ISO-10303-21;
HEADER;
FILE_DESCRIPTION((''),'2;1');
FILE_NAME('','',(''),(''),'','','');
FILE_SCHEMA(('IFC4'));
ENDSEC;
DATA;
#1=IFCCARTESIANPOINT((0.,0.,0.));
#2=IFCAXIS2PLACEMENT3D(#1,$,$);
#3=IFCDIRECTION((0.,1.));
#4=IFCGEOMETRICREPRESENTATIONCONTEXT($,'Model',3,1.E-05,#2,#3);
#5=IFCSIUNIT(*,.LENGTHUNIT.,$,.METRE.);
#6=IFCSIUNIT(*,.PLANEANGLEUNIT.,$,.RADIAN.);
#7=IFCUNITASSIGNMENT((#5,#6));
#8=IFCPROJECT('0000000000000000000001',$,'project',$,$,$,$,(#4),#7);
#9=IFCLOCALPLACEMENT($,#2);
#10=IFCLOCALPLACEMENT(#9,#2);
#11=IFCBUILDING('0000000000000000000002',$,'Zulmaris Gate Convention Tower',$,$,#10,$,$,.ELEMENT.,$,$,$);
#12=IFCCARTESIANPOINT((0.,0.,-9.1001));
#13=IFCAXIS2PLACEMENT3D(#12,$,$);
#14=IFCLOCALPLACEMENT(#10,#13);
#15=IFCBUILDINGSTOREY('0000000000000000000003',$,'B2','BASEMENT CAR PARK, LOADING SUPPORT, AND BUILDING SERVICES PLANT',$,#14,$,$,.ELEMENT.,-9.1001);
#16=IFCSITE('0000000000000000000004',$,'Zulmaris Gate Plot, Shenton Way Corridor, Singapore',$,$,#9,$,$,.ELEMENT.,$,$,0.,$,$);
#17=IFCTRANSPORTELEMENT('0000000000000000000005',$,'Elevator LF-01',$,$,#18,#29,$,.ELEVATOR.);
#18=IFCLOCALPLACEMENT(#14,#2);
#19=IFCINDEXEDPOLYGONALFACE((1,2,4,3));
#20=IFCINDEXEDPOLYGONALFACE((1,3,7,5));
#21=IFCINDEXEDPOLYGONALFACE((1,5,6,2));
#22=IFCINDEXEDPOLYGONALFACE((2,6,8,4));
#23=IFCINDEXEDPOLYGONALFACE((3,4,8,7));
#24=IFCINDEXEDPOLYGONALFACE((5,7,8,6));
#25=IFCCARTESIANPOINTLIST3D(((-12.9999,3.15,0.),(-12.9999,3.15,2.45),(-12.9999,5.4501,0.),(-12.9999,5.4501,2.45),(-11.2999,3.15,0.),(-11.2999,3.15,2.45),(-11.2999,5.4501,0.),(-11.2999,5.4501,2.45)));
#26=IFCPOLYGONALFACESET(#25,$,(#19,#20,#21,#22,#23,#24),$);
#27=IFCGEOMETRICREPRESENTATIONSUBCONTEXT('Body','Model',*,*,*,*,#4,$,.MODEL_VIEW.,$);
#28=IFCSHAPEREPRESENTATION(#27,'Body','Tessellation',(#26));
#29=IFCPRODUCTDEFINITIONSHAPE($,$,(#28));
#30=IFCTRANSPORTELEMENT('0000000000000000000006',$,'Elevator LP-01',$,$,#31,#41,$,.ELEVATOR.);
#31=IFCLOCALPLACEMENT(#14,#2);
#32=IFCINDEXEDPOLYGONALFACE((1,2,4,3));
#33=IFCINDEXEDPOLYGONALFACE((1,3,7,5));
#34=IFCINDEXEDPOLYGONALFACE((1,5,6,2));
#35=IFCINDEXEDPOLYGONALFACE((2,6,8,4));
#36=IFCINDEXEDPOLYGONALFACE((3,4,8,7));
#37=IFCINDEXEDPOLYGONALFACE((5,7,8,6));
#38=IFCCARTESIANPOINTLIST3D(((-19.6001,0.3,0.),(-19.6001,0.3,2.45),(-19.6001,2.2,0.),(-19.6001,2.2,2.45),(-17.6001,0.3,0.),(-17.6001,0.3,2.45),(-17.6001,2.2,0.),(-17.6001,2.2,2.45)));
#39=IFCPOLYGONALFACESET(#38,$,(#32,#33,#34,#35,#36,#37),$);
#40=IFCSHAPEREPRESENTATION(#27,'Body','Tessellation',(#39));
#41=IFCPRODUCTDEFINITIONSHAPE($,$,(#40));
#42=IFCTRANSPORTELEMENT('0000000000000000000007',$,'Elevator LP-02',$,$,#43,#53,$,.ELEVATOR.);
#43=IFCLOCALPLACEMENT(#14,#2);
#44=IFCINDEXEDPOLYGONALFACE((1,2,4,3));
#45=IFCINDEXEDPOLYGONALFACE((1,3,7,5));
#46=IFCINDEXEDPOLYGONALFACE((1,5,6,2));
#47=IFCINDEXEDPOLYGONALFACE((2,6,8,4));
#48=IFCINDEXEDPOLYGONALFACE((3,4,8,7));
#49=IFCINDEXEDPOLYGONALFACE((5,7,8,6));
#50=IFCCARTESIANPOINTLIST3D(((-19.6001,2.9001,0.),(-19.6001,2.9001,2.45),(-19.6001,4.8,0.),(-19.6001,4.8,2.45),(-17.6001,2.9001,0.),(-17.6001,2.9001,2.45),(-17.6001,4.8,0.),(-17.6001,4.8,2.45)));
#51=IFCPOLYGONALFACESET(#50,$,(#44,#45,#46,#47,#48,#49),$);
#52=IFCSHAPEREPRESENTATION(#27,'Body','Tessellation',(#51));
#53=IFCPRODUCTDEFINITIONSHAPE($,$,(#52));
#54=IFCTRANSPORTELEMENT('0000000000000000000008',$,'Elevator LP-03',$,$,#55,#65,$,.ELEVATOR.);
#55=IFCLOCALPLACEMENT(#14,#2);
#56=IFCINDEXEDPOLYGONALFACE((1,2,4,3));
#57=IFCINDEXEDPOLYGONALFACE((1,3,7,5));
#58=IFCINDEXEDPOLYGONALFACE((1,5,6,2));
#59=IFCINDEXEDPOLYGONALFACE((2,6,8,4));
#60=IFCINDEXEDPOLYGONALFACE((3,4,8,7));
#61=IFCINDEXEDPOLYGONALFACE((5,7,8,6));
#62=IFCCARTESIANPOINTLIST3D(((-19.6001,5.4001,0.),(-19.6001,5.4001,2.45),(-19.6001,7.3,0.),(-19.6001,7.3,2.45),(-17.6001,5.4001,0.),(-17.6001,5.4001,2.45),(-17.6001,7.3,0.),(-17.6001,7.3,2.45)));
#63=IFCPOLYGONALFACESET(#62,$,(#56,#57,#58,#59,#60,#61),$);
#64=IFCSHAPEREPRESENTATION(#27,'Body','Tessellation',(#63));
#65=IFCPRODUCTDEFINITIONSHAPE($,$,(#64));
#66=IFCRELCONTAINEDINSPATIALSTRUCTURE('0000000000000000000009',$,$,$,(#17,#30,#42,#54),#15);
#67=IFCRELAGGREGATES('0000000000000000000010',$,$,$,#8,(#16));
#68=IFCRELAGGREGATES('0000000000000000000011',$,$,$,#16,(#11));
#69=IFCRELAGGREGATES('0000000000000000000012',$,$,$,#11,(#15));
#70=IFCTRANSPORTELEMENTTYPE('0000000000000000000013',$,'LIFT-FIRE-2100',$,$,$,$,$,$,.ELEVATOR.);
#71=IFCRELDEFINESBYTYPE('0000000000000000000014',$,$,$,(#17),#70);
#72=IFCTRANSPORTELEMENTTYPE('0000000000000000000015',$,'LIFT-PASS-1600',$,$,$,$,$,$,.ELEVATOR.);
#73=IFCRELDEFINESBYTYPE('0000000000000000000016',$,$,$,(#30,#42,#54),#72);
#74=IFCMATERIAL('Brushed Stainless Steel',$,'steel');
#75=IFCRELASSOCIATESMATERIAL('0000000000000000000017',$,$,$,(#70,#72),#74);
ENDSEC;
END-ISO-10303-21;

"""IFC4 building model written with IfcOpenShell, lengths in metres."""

from ifc_helpers import new_model, si_unit, direction, frame, origin, origin_2d, place, context, subcontext, project, spatial, rectangle, extrude, material, type_object, element, save


model = new_model("IFC4")

# Units and contexts
model_context = context("Model", 3, precision=1e-05, world=origin(), true_north=direction((0.0, 1.0)))
body_context = subcontext(model_context, "Body", "Model", "MODEL_VIEW")
ifc_project = project(units=[si_unit("LENGTHUNIT", "METRE"), si_unit("PLANEANGLEUNIT", "RADIAN")], contexts=[model_context])

# Site, building, storey
site_placement = place(None, origin())
site = spatial("IfcSite", under=ifc_project, at=site_placement, Name="Zulmaris Gate Plot, Shenton Way Corridor, Singapore", CompositionType="ELEMENT", RefElevation=0.0)
building_placement = place(site_placement, origin())
building = spatial("IfcBuilding", under=site, at=building_placement, Name="Zulmaris Gate Convention Tower", CompositionType="ELEMENT")
storey_placement = place(building_placement, frame((0.0, 0.0, -9.1001)))
storey = spatial("IfcBuildingStorey", under=building, at=storey_placement, Name="B2", Description="BASEMENT CAR PARK, LOADING SUPPORT, AND BUILDING SERVICES PLANT", CompositionType="ELEMENT", Elevation=-9.1001)

# Shared definitions
ifc_material_1 = material(Name="Brushed Stainless Steel", Category="steel")

# Transport elements
transport_element_type_1 = type_object("IfcTransportElementType", Name="LIFT-FIRE-2100", PredefinedType="ELEVATOR", material=ifc_material_1)
transport_element_placement = place(storey_placement, frame((-12.1499, 4.3, 0.0), z_axis=(0.0, 0.0, 1.0), x_axis=(1.0, 0.0, 0.0)))
element("IfcTransportElement", 1, at=transport_element_placement, inside=storey, type_object=transport_element_type_1, Name="Elevator LF-01", PredefinedType="ELEVATOR", context=body_context, shape_type="SweptSolid", body=[
    extrude(rectangle(XDim=1.7, YDim=2.3, at=origin_2d()), origin(), (0.0, 0.0, 1.0), 2.45),
])
transport_element_type_2 = type_object("IfcTransportElementType", Name="LIFT-PASS-1600", PredefinedType="ELEVATOR", material=ifc_material_1)
for number, where, z_axis, x_axis, name in (
    (2, (-18.6001, 1.25, 0.0), (0.0, 0.0, 1.0), (1.0, 0.0, 0.0), "Elevator LP-01"),
    (3, (-18.6001, 3.8501, 0.0), (0.0, 0.0, 1.0), (1.0, 0.0, 0.0), "Elevator LP-02"),
    (4, (-18.6001, 6.3501, 0.0), (0.0, 0.0, 1.0), (1.0, 0.0, 0.0), "Elevator LP-03"),
):
    element("IfcTransportElement", number, at=place(storey_placement, frame(where, z_axis=z_axis, x_axis=x_axis)), inside=storey, type_object=transport_element_type_2, Name=name, PredefinedType="ELEVATOR", context=body_context, shape_type="SweptSolid", body=[
        extrude(rectangle(XDim=2.0, YDim=1.8999, at=origin_2d()), origin(), (0.0, 0.0, 1.0), 2.45),
    ])

save(model, "model.ifc")
